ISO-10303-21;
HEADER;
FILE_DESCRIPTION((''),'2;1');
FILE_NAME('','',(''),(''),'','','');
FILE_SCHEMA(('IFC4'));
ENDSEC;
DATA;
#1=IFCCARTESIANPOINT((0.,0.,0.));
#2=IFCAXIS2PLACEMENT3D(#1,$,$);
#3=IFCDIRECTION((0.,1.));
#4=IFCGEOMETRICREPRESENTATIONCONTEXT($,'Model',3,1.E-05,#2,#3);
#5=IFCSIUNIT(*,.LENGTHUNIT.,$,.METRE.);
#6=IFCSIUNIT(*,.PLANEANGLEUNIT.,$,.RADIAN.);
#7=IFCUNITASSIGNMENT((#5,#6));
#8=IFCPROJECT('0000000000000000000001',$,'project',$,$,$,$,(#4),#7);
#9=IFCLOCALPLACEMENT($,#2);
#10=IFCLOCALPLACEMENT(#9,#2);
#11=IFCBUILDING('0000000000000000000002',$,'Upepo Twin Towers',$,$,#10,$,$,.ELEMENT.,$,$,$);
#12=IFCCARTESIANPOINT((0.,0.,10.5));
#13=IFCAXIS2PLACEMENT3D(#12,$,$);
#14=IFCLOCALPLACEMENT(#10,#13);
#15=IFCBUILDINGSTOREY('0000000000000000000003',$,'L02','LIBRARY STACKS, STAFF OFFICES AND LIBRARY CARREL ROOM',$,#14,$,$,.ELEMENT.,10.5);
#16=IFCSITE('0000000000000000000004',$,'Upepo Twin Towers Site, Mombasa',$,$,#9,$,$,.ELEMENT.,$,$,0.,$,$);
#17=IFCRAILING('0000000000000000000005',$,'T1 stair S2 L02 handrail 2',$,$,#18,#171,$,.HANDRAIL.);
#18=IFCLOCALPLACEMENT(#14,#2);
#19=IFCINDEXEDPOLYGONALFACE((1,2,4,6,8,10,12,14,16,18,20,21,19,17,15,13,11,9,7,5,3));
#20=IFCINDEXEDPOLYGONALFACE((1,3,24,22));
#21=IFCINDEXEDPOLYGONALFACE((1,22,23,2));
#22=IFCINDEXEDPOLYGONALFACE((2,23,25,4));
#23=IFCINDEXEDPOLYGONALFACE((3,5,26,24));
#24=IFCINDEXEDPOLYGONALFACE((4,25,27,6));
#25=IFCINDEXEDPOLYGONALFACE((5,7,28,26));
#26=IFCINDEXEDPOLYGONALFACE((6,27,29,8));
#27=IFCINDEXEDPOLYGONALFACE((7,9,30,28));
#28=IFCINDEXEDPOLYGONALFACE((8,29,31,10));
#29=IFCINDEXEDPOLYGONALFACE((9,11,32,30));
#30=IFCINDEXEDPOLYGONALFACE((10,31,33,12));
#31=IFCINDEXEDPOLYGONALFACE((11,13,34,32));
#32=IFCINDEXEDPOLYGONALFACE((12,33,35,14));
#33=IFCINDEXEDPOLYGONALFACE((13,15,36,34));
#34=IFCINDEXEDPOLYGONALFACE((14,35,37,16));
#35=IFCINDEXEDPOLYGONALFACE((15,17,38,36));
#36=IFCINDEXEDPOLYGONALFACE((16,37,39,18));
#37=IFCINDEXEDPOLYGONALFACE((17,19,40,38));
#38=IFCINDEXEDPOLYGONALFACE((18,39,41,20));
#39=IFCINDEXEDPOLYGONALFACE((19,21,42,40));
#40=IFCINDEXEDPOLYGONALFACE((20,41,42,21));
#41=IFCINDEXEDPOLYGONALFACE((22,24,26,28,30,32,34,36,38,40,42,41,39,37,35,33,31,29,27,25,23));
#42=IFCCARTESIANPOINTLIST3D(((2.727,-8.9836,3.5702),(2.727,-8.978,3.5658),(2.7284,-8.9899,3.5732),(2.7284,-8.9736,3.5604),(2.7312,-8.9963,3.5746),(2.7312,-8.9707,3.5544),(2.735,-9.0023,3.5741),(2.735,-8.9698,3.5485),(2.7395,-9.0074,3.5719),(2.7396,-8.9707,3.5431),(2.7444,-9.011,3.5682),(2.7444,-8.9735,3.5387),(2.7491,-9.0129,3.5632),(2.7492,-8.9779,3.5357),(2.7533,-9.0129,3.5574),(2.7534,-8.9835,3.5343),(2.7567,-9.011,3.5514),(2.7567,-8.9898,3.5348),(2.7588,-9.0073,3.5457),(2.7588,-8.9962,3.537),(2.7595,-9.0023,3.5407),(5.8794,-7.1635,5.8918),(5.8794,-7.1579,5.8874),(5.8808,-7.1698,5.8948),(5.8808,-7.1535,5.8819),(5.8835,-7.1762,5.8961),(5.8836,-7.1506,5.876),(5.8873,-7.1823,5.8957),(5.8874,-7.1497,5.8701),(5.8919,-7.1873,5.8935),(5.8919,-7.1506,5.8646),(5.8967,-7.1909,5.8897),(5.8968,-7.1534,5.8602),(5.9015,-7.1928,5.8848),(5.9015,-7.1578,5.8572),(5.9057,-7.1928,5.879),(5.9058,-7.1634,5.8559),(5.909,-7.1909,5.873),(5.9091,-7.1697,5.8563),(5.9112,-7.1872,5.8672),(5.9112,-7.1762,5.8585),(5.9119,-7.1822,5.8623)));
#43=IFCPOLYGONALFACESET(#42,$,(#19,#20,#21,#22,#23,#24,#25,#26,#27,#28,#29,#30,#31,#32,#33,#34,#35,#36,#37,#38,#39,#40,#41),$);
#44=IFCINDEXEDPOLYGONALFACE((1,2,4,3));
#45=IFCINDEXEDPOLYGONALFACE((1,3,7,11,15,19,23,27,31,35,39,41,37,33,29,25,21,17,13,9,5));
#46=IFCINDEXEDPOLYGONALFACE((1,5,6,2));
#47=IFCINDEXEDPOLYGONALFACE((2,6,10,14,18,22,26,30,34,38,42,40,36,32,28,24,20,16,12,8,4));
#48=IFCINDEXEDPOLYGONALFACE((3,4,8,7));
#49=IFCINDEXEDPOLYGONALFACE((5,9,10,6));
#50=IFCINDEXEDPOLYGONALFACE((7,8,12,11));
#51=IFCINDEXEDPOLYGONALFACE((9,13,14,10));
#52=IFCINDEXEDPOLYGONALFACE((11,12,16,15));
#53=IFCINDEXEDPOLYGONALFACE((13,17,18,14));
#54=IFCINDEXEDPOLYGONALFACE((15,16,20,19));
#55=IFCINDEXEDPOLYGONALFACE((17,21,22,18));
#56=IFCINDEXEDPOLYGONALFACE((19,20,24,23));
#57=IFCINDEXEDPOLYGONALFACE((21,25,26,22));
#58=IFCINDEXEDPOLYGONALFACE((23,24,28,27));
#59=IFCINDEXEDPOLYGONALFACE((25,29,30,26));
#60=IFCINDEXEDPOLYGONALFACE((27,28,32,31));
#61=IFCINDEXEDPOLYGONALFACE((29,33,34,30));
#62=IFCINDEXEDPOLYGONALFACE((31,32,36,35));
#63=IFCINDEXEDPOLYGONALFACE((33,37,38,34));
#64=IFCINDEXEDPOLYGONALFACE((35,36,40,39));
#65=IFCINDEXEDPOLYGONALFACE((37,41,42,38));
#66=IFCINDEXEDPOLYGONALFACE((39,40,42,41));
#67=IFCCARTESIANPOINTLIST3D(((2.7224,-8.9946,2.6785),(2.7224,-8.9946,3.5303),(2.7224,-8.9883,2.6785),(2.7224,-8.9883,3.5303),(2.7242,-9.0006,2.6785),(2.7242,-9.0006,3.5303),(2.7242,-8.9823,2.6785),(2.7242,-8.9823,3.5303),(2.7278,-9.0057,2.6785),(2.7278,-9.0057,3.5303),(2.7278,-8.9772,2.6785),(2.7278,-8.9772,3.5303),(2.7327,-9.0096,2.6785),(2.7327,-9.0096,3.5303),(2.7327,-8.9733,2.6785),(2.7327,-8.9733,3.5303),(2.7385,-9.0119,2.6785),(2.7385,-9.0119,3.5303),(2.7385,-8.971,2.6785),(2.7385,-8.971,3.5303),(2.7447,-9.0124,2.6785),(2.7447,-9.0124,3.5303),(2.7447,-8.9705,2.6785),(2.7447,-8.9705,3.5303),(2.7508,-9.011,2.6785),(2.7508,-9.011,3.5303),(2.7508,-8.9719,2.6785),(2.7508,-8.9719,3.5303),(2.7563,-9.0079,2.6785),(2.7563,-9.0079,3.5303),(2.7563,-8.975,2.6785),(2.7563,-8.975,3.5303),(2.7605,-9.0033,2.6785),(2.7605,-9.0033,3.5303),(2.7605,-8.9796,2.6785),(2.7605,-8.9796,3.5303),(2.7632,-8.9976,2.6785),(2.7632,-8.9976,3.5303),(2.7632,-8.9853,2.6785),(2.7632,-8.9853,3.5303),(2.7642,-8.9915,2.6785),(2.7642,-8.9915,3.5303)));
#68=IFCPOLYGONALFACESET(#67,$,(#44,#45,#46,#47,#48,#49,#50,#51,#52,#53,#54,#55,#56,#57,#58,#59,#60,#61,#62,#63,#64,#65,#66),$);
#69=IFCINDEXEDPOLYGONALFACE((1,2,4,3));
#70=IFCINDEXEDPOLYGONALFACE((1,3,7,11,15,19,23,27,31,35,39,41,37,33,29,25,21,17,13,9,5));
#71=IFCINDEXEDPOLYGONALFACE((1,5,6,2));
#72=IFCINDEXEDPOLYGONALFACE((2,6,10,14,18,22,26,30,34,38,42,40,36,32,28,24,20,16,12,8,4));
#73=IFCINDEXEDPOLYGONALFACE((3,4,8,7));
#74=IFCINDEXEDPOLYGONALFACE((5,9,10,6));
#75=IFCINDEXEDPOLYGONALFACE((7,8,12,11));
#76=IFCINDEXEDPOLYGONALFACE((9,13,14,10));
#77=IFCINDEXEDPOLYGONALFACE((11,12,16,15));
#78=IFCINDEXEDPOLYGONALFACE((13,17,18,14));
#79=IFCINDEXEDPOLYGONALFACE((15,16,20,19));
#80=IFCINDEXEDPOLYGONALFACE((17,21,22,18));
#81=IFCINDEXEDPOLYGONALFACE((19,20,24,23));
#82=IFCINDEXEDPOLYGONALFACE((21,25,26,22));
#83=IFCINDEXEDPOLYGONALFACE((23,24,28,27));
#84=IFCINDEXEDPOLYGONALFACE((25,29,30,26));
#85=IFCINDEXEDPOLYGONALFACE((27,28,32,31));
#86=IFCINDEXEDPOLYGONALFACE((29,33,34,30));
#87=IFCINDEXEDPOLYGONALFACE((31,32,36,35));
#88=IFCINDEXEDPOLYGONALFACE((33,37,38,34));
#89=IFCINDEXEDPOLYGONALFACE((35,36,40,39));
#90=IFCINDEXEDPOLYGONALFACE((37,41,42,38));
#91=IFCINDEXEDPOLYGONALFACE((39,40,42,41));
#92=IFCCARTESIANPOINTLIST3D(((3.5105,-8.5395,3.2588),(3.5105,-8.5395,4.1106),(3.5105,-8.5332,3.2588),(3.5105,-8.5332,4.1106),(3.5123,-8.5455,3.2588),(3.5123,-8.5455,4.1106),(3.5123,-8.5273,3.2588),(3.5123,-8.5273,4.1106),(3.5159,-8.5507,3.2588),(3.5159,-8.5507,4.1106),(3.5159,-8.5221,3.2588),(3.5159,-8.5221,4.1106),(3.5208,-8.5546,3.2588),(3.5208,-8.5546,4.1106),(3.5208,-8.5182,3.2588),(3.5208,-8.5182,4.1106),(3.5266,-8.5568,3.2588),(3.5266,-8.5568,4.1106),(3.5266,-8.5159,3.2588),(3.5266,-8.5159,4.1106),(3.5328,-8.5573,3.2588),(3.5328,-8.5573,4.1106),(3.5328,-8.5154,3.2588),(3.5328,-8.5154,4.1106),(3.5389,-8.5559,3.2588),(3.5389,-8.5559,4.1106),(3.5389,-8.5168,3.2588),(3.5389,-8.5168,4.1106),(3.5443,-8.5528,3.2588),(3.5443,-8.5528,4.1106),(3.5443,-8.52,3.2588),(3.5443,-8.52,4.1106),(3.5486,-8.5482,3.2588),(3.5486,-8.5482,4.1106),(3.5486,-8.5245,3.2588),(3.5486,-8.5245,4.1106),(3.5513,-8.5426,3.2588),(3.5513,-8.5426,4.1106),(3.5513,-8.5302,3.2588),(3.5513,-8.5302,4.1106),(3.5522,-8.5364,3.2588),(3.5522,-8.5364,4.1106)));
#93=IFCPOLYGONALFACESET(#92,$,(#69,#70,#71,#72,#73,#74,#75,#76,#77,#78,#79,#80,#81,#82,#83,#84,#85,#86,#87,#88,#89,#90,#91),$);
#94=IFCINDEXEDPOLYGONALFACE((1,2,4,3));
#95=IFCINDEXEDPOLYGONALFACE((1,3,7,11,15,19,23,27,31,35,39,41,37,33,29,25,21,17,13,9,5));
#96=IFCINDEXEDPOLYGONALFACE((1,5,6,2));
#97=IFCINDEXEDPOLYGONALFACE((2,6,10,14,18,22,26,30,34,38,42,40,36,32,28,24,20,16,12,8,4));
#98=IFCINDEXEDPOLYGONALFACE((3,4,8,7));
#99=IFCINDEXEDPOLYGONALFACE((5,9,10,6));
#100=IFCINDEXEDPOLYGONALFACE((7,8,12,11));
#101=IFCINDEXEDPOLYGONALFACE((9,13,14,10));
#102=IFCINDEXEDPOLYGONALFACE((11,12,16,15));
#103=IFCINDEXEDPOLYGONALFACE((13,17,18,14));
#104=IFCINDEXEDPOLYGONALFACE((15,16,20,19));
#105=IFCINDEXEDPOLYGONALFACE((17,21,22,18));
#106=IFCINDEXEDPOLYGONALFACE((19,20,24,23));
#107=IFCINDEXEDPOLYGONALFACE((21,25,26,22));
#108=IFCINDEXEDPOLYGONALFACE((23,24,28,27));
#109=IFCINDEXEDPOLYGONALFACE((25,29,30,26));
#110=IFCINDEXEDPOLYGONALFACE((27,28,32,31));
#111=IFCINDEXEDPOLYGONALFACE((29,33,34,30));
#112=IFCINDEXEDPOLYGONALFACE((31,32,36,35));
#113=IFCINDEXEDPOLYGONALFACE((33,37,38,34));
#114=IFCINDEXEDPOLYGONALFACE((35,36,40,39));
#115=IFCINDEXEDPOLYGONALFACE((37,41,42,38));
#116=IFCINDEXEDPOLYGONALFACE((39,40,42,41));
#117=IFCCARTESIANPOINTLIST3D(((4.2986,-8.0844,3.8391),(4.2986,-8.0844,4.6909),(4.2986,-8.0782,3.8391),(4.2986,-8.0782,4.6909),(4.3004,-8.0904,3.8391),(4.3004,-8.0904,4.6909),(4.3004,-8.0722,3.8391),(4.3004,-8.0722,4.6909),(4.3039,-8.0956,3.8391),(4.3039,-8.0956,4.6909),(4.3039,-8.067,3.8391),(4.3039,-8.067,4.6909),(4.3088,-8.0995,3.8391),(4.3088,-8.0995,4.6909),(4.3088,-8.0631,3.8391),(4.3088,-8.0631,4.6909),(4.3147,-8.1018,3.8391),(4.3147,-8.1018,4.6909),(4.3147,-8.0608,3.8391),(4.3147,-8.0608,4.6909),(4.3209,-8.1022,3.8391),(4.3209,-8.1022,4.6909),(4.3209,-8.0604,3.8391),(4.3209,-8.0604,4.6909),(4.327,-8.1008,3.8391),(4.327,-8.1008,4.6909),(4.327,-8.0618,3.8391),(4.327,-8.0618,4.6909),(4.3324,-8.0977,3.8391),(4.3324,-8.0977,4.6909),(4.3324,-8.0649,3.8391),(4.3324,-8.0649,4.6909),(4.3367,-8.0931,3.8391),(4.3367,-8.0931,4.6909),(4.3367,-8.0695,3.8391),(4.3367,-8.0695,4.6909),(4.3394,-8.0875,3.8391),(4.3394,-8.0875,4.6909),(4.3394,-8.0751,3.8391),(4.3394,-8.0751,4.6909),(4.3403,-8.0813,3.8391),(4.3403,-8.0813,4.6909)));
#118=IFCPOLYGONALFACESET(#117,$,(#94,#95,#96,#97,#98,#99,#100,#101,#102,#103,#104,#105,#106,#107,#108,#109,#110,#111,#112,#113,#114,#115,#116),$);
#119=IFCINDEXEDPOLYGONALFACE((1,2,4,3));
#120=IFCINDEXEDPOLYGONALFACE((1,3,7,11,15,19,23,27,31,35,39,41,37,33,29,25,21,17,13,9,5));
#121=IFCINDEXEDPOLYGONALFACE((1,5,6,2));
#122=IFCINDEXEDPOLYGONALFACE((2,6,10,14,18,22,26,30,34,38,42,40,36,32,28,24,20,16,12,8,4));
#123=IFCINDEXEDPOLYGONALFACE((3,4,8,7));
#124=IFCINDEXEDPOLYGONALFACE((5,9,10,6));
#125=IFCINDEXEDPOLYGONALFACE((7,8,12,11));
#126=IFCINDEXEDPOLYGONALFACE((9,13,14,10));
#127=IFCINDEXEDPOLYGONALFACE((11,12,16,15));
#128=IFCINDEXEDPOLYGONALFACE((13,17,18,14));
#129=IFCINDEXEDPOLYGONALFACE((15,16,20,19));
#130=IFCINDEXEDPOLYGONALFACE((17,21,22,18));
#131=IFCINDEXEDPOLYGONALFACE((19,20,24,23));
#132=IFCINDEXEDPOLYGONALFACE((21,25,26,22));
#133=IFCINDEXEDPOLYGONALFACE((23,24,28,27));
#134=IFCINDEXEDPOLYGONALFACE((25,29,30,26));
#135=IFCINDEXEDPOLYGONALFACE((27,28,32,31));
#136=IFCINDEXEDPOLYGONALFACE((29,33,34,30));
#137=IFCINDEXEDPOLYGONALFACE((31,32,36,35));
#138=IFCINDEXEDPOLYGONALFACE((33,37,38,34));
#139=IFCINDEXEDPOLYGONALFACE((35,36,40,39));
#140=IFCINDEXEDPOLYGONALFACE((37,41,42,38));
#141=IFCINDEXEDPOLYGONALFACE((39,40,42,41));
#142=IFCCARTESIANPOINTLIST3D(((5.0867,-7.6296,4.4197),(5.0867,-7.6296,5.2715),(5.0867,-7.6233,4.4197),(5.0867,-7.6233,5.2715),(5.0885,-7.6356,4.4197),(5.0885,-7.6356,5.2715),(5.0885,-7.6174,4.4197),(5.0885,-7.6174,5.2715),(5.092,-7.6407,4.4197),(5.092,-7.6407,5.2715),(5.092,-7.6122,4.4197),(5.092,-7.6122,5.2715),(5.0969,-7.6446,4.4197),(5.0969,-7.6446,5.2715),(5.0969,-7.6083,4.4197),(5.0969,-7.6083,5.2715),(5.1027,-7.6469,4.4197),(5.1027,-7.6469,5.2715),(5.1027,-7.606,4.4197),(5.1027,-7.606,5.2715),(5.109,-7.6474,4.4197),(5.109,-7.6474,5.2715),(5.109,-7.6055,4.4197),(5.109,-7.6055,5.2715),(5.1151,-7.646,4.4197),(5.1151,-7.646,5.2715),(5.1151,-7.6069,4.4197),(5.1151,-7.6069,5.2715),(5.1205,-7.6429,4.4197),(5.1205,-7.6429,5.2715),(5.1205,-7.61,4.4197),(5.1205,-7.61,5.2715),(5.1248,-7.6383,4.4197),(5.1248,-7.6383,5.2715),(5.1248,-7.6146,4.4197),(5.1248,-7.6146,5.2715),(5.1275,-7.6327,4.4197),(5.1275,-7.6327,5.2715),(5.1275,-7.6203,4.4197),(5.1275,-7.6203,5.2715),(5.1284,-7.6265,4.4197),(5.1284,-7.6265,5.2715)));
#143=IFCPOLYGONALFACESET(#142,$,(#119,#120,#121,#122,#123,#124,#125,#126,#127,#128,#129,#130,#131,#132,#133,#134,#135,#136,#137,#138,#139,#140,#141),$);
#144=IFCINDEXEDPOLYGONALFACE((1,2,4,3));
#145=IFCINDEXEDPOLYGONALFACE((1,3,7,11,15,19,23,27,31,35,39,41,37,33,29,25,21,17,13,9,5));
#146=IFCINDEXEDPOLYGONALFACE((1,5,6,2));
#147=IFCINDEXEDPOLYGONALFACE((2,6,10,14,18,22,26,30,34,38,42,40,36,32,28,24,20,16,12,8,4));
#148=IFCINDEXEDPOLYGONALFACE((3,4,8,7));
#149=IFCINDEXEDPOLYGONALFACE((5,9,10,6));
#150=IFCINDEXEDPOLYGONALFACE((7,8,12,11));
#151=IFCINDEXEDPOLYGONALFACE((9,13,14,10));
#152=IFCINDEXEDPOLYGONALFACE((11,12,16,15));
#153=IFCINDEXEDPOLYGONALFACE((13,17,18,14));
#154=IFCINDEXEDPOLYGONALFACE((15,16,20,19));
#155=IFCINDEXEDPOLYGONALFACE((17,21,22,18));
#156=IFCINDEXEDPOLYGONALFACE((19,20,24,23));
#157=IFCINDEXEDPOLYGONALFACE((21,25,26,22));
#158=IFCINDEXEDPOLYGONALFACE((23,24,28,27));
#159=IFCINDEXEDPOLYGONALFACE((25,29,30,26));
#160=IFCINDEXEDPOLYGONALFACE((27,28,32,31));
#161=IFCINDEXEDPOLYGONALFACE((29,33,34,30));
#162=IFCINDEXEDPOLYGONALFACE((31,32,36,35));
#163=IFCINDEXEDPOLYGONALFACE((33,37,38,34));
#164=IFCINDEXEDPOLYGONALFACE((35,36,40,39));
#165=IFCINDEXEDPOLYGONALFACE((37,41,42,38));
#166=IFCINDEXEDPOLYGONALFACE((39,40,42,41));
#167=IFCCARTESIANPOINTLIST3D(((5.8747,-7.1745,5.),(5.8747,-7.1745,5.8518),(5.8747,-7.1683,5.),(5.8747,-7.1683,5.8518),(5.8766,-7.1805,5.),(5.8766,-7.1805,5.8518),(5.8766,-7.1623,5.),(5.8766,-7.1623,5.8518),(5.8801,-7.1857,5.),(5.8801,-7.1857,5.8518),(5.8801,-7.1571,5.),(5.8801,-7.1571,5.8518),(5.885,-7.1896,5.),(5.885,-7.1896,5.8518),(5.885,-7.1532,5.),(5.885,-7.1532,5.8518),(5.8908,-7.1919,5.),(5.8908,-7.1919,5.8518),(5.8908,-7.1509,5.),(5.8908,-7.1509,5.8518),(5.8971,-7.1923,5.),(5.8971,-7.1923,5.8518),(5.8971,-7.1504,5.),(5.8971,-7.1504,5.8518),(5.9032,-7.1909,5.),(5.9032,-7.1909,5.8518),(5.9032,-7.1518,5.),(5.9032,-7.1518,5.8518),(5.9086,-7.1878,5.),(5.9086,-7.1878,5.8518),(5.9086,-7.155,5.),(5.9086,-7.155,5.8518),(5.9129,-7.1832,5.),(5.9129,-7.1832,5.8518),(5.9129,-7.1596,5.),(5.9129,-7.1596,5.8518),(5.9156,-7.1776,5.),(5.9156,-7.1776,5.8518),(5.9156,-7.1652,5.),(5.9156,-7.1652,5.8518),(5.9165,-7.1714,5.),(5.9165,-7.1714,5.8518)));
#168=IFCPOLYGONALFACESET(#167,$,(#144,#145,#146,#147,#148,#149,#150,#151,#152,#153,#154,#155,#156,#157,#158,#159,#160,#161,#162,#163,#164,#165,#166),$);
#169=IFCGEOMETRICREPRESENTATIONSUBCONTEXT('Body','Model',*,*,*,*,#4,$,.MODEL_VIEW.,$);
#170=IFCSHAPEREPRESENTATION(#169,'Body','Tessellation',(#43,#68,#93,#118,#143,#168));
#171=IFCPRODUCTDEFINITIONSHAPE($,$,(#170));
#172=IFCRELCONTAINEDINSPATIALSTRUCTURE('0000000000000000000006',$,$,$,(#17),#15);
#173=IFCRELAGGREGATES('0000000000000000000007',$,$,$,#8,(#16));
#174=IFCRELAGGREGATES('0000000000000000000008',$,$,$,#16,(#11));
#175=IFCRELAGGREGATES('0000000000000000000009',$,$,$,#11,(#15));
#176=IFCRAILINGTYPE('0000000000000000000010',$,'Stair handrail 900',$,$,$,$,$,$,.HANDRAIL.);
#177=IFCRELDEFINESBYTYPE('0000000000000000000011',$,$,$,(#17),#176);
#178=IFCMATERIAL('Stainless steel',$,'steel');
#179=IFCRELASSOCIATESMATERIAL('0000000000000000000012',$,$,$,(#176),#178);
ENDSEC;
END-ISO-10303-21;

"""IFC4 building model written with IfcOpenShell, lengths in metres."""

from ifc_helpers import new_model, si_unit, direction, frame, origin, origin_2d, place, context, subcontext, project, spatial, circle, extrude, material, type_object, element, save


model = new_model("IFC4")

# Units and contexts
model_context = context("Model", 3, precision=1e-05, world=origin(), true_north=direction((0.0, 1.0)))
body_context = subcontext(model_context, "Body", "Model", "MODEL_VIEW")
ifc_project = project(units=[si_unit("LENGTHUNIT", "METRE"), si_unit("PLANEANGLEUNIT", "RADIAN")], contexts=[model_context])

# Site, building, storey
site_placement = place(None, origin())
site = spatial("IfcSite", under=ifc_project, at=site_placement, Name="Upepo Twin Towers Site, Mombasa", CompositionType="ELEMENT", RefElevation=0.0)
building_placement = place(site_placement, origin())
building = spatial("IfcBuilding", under=site, at=building_placement, Name="Upepo Twin Towers", CompositionType="ELEMENT")
storey_placement = place(building_placement, frame((0.0, 0.0, 10.5)))
storey = spatial("IfcBuildingStorey", under=building, at=storey_placement, Name="L02", Description="LIBRARY STACKS, STAFF OFFICES AND LIBRARY CARREL ROOM", CompositionType="ELEMENT", Elevation=10.5)

# Railing
ifc_material_1 = material(Name="Stainless steel", Category="steel")
railing_type = type_object("IfcRailingType", Name="Stair handrail 900", PredefinedType="HANDRAIL", material=ifc_material_1)
railing_1_placement = place(storey_placement, frame((2.7432, -8.9915, 2.6785)))
element("IfcRailing", 1, at=railing_1_placement, inside=storey, type_object=railing_type, Name="T1 stair S2 L02 handrail 2", PredefinedType="HANDRAIL", context=body_context, shape_type="SweptSolid", body=[
    extrude(circle(Radius=0.0239, at=origin_2d()), frame((0.0, 0.0, 0.876), z_axis=(0.730159, 0.421572, 0.537723), x_axis=(-0.500013, 0.866018, 0.0)), (0.0, 0.0, 1.0), 4.3174),
    extrude(circle(Radius=0.021, at=origin_2d()), origin(), (0.0, 0.0, 1.0), 0.8518),
    extrude(circle(Radius=0.021, at=origin_2d()), frame((0.7881, 0.4551, 0.5803)), (0.0, 0.0, 1.0), 0.8518),
    extrude(circle(Radius=0.021, at=origin_2d()), frame((1.5762, 0.9102, 1.1606)), (0.0, 0.0, 1.0), 0.8518),
    extrude(circle(Radius=0.021, at=origin_2d()), frame((2.3643, 1.365, 1.7412)), (0.0, 0.0, 1.0), 0.8518),
    extrude(circle(Radius=0.021, at=origin_2d()), frame((3.1523, 1.8201, 2.3215)), (0.0, 0.0, 1.0), 0.8518),
])

save(model, "model.ifc")
